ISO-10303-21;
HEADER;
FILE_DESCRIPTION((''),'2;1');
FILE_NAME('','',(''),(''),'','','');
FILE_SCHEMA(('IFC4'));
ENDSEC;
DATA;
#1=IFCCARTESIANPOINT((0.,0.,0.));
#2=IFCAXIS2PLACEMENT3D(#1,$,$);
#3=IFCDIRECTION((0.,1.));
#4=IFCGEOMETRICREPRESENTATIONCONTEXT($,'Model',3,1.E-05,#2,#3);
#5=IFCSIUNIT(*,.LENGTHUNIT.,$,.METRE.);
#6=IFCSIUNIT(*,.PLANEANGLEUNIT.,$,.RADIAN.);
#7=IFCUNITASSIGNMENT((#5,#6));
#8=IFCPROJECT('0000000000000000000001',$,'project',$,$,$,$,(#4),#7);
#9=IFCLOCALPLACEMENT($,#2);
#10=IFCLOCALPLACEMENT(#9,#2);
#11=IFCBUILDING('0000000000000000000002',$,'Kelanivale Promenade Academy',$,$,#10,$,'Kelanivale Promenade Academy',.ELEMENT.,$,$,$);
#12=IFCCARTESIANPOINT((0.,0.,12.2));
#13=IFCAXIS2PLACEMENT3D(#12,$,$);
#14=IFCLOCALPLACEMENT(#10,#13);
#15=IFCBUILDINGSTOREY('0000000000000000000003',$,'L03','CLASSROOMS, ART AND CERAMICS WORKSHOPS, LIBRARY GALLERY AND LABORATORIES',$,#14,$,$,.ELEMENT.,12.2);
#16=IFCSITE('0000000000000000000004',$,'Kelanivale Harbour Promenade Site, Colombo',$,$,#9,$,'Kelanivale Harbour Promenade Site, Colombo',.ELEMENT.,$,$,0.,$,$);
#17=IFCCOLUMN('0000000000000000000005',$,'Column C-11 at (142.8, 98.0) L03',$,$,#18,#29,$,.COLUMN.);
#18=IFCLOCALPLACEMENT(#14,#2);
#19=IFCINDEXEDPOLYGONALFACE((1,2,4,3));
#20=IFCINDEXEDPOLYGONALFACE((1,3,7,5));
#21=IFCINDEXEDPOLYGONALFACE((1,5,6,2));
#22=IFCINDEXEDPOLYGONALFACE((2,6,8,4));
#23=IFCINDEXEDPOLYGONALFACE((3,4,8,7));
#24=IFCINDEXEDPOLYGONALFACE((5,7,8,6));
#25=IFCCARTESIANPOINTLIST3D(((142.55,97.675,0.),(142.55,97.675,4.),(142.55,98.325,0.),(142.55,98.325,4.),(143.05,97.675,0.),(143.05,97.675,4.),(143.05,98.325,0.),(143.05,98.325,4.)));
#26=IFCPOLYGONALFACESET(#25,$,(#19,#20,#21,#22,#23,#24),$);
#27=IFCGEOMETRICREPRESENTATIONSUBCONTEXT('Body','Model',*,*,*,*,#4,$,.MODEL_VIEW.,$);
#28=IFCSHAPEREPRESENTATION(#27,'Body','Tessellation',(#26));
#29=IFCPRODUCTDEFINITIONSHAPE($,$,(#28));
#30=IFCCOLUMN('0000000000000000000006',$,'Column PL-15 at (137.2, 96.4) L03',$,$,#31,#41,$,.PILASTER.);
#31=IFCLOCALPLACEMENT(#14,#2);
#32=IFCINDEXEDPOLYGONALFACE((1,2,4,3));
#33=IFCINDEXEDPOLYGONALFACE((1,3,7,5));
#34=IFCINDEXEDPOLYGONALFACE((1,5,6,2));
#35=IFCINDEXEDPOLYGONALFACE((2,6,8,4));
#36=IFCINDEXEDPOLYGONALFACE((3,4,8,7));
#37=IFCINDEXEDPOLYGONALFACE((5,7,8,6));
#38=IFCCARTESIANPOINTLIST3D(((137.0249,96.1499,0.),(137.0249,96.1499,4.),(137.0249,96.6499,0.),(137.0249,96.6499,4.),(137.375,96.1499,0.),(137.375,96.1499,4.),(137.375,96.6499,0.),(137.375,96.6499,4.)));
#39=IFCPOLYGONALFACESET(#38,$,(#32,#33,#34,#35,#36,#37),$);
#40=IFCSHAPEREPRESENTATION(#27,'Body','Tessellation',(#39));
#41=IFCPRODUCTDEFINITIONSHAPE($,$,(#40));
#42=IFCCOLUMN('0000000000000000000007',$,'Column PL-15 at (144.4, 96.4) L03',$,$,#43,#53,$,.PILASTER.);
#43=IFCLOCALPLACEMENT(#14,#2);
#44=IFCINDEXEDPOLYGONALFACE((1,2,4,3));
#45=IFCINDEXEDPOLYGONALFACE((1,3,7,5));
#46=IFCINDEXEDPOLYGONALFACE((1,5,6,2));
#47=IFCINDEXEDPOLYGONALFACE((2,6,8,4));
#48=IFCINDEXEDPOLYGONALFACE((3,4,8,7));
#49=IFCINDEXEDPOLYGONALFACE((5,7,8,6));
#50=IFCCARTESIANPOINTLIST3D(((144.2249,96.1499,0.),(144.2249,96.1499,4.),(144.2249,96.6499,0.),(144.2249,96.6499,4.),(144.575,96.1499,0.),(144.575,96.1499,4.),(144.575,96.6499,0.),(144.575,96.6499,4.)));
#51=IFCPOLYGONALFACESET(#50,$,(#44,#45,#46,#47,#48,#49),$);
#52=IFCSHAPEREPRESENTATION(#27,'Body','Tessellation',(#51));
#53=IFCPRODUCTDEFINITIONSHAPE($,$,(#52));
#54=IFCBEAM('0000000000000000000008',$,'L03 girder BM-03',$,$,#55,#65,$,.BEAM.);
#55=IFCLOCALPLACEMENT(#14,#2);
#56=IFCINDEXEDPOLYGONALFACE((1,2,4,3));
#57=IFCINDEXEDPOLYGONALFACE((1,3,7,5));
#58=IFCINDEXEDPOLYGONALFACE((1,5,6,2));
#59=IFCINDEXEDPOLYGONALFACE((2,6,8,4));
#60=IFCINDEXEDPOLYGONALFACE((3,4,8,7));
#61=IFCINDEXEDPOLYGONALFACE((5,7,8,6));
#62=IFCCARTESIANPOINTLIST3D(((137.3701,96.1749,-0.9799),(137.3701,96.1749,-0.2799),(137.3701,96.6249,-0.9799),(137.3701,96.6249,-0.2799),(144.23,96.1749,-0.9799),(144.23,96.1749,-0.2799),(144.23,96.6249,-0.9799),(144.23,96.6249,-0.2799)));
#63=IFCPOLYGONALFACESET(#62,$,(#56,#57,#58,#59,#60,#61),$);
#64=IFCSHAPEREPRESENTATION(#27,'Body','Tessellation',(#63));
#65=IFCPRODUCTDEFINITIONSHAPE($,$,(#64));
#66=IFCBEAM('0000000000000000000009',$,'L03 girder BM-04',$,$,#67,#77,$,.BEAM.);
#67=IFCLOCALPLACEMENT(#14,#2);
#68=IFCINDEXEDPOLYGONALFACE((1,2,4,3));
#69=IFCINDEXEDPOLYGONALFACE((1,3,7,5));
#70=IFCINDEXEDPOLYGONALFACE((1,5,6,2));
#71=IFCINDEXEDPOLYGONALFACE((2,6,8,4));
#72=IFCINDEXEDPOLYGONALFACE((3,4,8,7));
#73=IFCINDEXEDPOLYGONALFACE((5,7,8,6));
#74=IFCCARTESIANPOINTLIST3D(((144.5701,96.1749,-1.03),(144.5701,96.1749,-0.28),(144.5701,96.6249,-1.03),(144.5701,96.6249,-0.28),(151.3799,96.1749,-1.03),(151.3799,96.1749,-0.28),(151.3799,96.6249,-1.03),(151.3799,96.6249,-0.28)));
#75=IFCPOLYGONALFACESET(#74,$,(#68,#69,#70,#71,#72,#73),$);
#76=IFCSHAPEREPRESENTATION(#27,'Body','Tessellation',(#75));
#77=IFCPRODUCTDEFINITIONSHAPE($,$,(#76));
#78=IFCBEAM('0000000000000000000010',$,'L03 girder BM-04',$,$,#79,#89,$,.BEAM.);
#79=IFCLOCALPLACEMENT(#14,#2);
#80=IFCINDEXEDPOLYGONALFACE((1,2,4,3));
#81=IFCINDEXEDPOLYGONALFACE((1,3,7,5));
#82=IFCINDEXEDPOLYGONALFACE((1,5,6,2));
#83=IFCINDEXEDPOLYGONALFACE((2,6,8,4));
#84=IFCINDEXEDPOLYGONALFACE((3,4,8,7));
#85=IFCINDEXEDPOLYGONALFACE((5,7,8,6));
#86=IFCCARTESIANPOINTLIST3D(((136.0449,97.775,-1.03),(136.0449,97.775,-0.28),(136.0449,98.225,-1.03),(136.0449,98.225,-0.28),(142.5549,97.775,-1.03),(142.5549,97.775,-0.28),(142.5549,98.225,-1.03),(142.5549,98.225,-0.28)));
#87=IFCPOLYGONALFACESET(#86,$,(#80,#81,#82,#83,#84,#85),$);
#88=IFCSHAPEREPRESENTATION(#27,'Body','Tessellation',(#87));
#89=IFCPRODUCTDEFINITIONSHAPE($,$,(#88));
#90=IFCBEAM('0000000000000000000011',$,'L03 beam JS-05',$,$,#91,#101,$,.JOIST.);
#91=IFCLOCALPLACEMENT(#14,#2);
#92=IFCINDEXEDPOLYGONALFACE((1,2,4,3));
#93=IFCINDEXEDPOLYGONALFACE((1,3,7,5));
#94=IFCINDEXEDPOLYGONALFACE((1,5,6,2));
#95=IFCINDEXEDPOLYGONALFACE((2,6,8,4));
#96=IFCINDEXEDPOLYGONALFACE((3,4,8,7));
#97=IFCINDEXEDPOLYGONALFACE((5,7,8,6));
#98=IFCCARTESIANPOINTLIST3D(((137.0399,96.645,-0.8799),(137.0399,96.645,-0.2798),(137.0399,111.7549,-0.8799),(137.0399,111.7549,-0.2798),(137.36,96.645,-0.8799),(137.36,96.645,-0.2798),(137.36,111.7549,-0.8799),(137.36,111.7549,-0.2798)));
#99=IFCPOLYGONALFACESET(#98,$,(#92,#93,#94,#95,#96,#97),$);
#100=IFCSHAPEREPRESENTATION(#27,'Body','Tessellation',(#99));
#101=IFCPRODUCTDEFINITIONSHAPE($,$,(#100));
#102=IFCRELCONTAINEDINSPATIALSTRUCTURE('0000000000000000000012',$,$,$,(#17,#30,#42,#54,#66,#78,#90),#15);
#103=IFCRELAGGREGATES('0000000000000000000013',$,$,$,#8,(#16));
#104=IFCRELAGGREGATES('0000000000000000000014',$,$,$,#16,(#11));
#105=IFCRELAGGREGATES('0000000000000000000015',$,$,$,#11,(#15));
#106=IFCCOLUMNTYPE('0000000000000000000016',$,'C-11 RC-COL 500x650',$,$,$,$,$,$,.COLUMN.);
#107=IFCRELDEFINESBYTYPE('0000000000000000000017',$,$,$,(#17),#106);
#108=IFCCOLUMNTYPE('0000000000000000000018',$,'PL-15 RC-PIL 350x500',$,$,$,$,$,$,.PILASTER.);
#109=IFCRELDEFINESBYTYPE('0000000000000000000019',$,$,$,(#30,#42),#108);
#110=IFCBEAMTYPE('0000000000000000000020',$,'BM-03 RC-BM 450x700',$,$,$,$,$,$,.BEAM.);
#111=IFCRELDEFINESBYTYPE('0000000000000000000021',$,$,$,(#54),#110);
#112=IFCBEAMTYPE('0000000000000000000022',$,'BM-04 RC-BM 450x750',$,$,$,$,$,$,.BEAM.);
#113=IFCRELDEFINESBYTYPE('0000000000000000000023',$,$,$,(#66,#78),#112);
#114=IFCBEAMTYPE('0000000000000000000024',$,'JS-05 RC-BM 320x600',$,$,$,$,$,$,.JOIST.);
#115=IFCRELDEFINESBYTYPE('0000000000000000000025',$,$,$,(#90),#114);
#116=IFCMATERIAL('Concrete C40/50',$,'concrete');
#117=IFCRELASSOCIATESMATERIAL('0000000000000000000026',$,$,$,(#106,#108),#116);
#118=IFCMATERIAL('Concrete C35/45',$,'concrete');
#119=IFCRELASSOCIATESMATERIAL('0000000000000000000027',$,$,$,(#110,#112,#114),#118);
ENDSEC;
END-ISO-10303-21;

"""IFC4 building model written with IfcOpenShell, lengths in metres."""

from ifc_helpers import new_model, si_unit, direction, frame, origin, origin_2d, place, context, subcontext, project, spatial, rectangle, extrude, material, material_profile, profile_set, type_object, element, save


model = new_model("IFC4")

# Units and contexts
model_context = context("Model", 3, precision=1e-05, world=origin(), true_north=direction((0.0, 1.0)))
body_context = subcontext(model_context, "Body", "Model", "MODEL_VIEW")
ifc_project = project(units=[si_unit("LENGTHUNIT", "METRE"), si_unit("PLANEANGLEUNIT", "RADIAN")], contexts=[model_context])

# Site, building, storey
site_placement = place(None, origin())
site = spatial("IfcSite", under=ifc_project, at=site_placement, Name="Kelanivale Harbour Promenade Site, Colombo", LongName="Kelanivale Harbour Promenade Site, Colombo", CompositionType="ELEMENT", RefElevation=0.0)
building_placement = place(site_placement, origin())
building = spatial("IfcBuilding", under=site, at=building_placement, Name="Kelanivale Promenade Academy", LongName="Kelanivale Promenade Academy", CompositionType="ELEMENT")
storey_placement = place(building_placement, frame((0.0, 0.0, 12.2)))
storey = spatial("IfcBuildingStorey", under=building, at=storey_placement, Name="L03", Description="CLASSROOMS, ART AND CERAMICS WORKSHOPS, LIBRARY GALLERY AND LABORATORIES", CompositionType="ELEMENT", Elevation=12.2)

# Columns
ifc_material_1 = material(Name="Concrete C40/50", Category="concrete")
ifc_material_profile_1 = material_profile(ifc_material_1, rectangle(XDim=0.5, YDim=0.6499, at=origin_2d()), Name="RC-COL 500x650")
ifc_profile_set_1 = profile_set([ifc_material_profile_1], Name="Concrete C40/50")
column_type_1 = type_object("IfcColumnType", Name="C-11 RC-COL 500x650", PredefinedType="COLUMN", material=ifc_profile_set_1)
column_placement = place(storey_placement, frame((142.8, 98.0, 0.0), z_axis=(0.0, 0.0, 1.0), x_axis=(1.0, 0.0, 0.0)))
element("IfcColumn", 1, at=column_placement, inside=storey, type_object=column_type_1, Name="Column C-11 at (142.8, 98.0) L03", PredefinedType="COLUMN", context=body_context, shape_type="SweptSolid", body=[
    extrude(rectangle(XDim=0.5, YDim=0.6499, at=origin_2d()), origin(), (0.0, 0.0, 1.0), 4.0),
])
ifc_material_profile_2 = material_profile(ifc_material_1, rectangle(XDim=0.3501, YDim=0.5, at=origin_2d()), Name="RC-PIL 350x500")
ifc_profile_set_2 = profile_set([ifc_material_profile_2], Name="Concrete C40/50")
column_type_2 = type_object("IfcColumnType", Name="PL-15 RC-PIL 350x500", PredefinedType="PILASTER", material=ifc_profile_set_2)
for number, where, z_axis, x_axis, name in (
    (2, (137.2, 96.3999, 0.0), (0.0, 0.0, 1.0), (1.0, 0.0, 0.0), "Column PL-15 at (137.2, 96.4) L03"),
    (3, (144.3999, 96.3999, 0.0), (0.0, 0.0, 1.0), (1.0, 0.0, 0.0), "Column PL-15 at (144.4, 96.4) L03"),
):
    element("IfcColumn", number, at=place(storey_placement, frame(where, z_axis=z_axis, x_axis=x_axis)), inside=storey, type_object=column_type_2, Name=name, PredefinedType="PILASTER", context=body_context, shape_type="SweptSolid", body=[
        extrude(rectangle(XDim=0.3501, YDim=0.5, at=origin_2d()), origin(), (0.0, 0.0, 1.0), 4.0),
    ])

# Beams
ifc_material_2 = material(Name="Concrete C35/45", Category="concrete")
ifc_material_profile_3 = material_profile(ifc_material_2, rectangle(XDim=0.45, YDim=0.7, at=origin_2d()), Name="RC-BM 450x700")
ifc_profile_set_3 = profile_set([ifc_material_profile_3], Name="Concrete C35/45")
beam_type_1 = type_object("IfcBeamType", Name="BM-03 RC-BM 450x700", PredefinedType="BEAM", material=ifc_profile_set_3)
beam_1_placement = place(storey_placement, frame((137.3701, 96.3999, -0.6299), z_axis=(1.0, 0.0, 0.0), x_axis=(0.0, 1.0, 0.0)))
element("IfcBeam", 4, at=beam_1_placement, inside=storey, type_object=beam_type_1, Name="L03 girder BM-03", PredefinedType="BEAM", context=body_context, shape_type="SweptSolid", body=[
    extrude(rectangle(XDim=0.45, YDim=0.7, at=origin_2d()), origin(), (0.0, 0.0, 1.0), 6.8599),
])
ifc_material_profile_4 = material_profile(ifc_material_2, rectangle(XDim=0.45, YDim=0.75, at=origin_2d()), Name="RC-BM 450x750")
ifc_profile_set_4 = profile_set([ifc_material_profile_4], Name="Concrete C35/45")
beam_type_2 = type_object("IfcBeamType", Name="BM-04 RC-BM 450x750", PredefinedType="BEAM", material=ifc_profile_set_4)
beam_2_placement = place(storey_placement, frame((144.5701, 96.3999, -0.655), z_axis=(1.0, 0.0, 0.0), x_axis=(0.0, 1.0, 0.0)))
element("IfcBeam", 5, at=beam_2_placement, inside=storey, type_object=beam_type_2, Name="L03 girder BM-04", PredefinedType="BEAM", context=body_context, shape_type="SweptSolid", body=[
    extrude(rectangle(XDim=0.45, YDim=0.75, at=origin_2d()), origin(), (0.0, 0.0, 1.0), 6.8098),
])
beam_3_placement = place(storey_placement, frame((136.0449, 98.0, -0.655), z_axis=(1.0, 0.0, 0.0), x_axis=(0.0, 1.0, 0.0)))
element("IfcBeam", 6, at=beam_3_placement, inside=storey, type_object=beam_type_2, Name="L03 girder BM-04", PredefinedType="BEAM", context=body_context, shape_type="SweptSolid", body=[
    extrude(rectangle(XDim=0.45, YDim=0.75, at=origin_2d()), origin(), (0.0, 0.0, 1.0), 6.51),
])
ifc_material_profile_5 = material_profile(ifc_material_2, rectangle(XDim=0.3201, YDim=0.6001, at=origin_2d()), Name="RC-BM 320x600")
ifc_profile_set_5 = profile_set([ifc_material_profile_5], Name="Concrete C35/45")
beam_type_3 = type_object("IfcBeamType", Name="JS-05 RC-BM 320x600", PredefinedType="JOIST", material=ifc_profile_set_5)
beam_4_placement = place(storey_placement, frame((137.2, 96.645, -0.5798), z_axis=(0.0, 1.0, 0.0), x_axis=(-1.0, 0.0, 0.0)))
element("IfcBeam", 7, at=beam_4_placement, inside=storey, type_object=beam_type_3, Name="L03 beam JS-05", PredefinedType="JOIST", context=body_context, shape_type="SweptSolid", body=[
    extrude(rectangle(XDim=0.3201, YDim=0.6001, at=origin_2d()), origin(), (0.0, 0.0, 1.0), 15.1099),
])

save(model, "model.ifc")
